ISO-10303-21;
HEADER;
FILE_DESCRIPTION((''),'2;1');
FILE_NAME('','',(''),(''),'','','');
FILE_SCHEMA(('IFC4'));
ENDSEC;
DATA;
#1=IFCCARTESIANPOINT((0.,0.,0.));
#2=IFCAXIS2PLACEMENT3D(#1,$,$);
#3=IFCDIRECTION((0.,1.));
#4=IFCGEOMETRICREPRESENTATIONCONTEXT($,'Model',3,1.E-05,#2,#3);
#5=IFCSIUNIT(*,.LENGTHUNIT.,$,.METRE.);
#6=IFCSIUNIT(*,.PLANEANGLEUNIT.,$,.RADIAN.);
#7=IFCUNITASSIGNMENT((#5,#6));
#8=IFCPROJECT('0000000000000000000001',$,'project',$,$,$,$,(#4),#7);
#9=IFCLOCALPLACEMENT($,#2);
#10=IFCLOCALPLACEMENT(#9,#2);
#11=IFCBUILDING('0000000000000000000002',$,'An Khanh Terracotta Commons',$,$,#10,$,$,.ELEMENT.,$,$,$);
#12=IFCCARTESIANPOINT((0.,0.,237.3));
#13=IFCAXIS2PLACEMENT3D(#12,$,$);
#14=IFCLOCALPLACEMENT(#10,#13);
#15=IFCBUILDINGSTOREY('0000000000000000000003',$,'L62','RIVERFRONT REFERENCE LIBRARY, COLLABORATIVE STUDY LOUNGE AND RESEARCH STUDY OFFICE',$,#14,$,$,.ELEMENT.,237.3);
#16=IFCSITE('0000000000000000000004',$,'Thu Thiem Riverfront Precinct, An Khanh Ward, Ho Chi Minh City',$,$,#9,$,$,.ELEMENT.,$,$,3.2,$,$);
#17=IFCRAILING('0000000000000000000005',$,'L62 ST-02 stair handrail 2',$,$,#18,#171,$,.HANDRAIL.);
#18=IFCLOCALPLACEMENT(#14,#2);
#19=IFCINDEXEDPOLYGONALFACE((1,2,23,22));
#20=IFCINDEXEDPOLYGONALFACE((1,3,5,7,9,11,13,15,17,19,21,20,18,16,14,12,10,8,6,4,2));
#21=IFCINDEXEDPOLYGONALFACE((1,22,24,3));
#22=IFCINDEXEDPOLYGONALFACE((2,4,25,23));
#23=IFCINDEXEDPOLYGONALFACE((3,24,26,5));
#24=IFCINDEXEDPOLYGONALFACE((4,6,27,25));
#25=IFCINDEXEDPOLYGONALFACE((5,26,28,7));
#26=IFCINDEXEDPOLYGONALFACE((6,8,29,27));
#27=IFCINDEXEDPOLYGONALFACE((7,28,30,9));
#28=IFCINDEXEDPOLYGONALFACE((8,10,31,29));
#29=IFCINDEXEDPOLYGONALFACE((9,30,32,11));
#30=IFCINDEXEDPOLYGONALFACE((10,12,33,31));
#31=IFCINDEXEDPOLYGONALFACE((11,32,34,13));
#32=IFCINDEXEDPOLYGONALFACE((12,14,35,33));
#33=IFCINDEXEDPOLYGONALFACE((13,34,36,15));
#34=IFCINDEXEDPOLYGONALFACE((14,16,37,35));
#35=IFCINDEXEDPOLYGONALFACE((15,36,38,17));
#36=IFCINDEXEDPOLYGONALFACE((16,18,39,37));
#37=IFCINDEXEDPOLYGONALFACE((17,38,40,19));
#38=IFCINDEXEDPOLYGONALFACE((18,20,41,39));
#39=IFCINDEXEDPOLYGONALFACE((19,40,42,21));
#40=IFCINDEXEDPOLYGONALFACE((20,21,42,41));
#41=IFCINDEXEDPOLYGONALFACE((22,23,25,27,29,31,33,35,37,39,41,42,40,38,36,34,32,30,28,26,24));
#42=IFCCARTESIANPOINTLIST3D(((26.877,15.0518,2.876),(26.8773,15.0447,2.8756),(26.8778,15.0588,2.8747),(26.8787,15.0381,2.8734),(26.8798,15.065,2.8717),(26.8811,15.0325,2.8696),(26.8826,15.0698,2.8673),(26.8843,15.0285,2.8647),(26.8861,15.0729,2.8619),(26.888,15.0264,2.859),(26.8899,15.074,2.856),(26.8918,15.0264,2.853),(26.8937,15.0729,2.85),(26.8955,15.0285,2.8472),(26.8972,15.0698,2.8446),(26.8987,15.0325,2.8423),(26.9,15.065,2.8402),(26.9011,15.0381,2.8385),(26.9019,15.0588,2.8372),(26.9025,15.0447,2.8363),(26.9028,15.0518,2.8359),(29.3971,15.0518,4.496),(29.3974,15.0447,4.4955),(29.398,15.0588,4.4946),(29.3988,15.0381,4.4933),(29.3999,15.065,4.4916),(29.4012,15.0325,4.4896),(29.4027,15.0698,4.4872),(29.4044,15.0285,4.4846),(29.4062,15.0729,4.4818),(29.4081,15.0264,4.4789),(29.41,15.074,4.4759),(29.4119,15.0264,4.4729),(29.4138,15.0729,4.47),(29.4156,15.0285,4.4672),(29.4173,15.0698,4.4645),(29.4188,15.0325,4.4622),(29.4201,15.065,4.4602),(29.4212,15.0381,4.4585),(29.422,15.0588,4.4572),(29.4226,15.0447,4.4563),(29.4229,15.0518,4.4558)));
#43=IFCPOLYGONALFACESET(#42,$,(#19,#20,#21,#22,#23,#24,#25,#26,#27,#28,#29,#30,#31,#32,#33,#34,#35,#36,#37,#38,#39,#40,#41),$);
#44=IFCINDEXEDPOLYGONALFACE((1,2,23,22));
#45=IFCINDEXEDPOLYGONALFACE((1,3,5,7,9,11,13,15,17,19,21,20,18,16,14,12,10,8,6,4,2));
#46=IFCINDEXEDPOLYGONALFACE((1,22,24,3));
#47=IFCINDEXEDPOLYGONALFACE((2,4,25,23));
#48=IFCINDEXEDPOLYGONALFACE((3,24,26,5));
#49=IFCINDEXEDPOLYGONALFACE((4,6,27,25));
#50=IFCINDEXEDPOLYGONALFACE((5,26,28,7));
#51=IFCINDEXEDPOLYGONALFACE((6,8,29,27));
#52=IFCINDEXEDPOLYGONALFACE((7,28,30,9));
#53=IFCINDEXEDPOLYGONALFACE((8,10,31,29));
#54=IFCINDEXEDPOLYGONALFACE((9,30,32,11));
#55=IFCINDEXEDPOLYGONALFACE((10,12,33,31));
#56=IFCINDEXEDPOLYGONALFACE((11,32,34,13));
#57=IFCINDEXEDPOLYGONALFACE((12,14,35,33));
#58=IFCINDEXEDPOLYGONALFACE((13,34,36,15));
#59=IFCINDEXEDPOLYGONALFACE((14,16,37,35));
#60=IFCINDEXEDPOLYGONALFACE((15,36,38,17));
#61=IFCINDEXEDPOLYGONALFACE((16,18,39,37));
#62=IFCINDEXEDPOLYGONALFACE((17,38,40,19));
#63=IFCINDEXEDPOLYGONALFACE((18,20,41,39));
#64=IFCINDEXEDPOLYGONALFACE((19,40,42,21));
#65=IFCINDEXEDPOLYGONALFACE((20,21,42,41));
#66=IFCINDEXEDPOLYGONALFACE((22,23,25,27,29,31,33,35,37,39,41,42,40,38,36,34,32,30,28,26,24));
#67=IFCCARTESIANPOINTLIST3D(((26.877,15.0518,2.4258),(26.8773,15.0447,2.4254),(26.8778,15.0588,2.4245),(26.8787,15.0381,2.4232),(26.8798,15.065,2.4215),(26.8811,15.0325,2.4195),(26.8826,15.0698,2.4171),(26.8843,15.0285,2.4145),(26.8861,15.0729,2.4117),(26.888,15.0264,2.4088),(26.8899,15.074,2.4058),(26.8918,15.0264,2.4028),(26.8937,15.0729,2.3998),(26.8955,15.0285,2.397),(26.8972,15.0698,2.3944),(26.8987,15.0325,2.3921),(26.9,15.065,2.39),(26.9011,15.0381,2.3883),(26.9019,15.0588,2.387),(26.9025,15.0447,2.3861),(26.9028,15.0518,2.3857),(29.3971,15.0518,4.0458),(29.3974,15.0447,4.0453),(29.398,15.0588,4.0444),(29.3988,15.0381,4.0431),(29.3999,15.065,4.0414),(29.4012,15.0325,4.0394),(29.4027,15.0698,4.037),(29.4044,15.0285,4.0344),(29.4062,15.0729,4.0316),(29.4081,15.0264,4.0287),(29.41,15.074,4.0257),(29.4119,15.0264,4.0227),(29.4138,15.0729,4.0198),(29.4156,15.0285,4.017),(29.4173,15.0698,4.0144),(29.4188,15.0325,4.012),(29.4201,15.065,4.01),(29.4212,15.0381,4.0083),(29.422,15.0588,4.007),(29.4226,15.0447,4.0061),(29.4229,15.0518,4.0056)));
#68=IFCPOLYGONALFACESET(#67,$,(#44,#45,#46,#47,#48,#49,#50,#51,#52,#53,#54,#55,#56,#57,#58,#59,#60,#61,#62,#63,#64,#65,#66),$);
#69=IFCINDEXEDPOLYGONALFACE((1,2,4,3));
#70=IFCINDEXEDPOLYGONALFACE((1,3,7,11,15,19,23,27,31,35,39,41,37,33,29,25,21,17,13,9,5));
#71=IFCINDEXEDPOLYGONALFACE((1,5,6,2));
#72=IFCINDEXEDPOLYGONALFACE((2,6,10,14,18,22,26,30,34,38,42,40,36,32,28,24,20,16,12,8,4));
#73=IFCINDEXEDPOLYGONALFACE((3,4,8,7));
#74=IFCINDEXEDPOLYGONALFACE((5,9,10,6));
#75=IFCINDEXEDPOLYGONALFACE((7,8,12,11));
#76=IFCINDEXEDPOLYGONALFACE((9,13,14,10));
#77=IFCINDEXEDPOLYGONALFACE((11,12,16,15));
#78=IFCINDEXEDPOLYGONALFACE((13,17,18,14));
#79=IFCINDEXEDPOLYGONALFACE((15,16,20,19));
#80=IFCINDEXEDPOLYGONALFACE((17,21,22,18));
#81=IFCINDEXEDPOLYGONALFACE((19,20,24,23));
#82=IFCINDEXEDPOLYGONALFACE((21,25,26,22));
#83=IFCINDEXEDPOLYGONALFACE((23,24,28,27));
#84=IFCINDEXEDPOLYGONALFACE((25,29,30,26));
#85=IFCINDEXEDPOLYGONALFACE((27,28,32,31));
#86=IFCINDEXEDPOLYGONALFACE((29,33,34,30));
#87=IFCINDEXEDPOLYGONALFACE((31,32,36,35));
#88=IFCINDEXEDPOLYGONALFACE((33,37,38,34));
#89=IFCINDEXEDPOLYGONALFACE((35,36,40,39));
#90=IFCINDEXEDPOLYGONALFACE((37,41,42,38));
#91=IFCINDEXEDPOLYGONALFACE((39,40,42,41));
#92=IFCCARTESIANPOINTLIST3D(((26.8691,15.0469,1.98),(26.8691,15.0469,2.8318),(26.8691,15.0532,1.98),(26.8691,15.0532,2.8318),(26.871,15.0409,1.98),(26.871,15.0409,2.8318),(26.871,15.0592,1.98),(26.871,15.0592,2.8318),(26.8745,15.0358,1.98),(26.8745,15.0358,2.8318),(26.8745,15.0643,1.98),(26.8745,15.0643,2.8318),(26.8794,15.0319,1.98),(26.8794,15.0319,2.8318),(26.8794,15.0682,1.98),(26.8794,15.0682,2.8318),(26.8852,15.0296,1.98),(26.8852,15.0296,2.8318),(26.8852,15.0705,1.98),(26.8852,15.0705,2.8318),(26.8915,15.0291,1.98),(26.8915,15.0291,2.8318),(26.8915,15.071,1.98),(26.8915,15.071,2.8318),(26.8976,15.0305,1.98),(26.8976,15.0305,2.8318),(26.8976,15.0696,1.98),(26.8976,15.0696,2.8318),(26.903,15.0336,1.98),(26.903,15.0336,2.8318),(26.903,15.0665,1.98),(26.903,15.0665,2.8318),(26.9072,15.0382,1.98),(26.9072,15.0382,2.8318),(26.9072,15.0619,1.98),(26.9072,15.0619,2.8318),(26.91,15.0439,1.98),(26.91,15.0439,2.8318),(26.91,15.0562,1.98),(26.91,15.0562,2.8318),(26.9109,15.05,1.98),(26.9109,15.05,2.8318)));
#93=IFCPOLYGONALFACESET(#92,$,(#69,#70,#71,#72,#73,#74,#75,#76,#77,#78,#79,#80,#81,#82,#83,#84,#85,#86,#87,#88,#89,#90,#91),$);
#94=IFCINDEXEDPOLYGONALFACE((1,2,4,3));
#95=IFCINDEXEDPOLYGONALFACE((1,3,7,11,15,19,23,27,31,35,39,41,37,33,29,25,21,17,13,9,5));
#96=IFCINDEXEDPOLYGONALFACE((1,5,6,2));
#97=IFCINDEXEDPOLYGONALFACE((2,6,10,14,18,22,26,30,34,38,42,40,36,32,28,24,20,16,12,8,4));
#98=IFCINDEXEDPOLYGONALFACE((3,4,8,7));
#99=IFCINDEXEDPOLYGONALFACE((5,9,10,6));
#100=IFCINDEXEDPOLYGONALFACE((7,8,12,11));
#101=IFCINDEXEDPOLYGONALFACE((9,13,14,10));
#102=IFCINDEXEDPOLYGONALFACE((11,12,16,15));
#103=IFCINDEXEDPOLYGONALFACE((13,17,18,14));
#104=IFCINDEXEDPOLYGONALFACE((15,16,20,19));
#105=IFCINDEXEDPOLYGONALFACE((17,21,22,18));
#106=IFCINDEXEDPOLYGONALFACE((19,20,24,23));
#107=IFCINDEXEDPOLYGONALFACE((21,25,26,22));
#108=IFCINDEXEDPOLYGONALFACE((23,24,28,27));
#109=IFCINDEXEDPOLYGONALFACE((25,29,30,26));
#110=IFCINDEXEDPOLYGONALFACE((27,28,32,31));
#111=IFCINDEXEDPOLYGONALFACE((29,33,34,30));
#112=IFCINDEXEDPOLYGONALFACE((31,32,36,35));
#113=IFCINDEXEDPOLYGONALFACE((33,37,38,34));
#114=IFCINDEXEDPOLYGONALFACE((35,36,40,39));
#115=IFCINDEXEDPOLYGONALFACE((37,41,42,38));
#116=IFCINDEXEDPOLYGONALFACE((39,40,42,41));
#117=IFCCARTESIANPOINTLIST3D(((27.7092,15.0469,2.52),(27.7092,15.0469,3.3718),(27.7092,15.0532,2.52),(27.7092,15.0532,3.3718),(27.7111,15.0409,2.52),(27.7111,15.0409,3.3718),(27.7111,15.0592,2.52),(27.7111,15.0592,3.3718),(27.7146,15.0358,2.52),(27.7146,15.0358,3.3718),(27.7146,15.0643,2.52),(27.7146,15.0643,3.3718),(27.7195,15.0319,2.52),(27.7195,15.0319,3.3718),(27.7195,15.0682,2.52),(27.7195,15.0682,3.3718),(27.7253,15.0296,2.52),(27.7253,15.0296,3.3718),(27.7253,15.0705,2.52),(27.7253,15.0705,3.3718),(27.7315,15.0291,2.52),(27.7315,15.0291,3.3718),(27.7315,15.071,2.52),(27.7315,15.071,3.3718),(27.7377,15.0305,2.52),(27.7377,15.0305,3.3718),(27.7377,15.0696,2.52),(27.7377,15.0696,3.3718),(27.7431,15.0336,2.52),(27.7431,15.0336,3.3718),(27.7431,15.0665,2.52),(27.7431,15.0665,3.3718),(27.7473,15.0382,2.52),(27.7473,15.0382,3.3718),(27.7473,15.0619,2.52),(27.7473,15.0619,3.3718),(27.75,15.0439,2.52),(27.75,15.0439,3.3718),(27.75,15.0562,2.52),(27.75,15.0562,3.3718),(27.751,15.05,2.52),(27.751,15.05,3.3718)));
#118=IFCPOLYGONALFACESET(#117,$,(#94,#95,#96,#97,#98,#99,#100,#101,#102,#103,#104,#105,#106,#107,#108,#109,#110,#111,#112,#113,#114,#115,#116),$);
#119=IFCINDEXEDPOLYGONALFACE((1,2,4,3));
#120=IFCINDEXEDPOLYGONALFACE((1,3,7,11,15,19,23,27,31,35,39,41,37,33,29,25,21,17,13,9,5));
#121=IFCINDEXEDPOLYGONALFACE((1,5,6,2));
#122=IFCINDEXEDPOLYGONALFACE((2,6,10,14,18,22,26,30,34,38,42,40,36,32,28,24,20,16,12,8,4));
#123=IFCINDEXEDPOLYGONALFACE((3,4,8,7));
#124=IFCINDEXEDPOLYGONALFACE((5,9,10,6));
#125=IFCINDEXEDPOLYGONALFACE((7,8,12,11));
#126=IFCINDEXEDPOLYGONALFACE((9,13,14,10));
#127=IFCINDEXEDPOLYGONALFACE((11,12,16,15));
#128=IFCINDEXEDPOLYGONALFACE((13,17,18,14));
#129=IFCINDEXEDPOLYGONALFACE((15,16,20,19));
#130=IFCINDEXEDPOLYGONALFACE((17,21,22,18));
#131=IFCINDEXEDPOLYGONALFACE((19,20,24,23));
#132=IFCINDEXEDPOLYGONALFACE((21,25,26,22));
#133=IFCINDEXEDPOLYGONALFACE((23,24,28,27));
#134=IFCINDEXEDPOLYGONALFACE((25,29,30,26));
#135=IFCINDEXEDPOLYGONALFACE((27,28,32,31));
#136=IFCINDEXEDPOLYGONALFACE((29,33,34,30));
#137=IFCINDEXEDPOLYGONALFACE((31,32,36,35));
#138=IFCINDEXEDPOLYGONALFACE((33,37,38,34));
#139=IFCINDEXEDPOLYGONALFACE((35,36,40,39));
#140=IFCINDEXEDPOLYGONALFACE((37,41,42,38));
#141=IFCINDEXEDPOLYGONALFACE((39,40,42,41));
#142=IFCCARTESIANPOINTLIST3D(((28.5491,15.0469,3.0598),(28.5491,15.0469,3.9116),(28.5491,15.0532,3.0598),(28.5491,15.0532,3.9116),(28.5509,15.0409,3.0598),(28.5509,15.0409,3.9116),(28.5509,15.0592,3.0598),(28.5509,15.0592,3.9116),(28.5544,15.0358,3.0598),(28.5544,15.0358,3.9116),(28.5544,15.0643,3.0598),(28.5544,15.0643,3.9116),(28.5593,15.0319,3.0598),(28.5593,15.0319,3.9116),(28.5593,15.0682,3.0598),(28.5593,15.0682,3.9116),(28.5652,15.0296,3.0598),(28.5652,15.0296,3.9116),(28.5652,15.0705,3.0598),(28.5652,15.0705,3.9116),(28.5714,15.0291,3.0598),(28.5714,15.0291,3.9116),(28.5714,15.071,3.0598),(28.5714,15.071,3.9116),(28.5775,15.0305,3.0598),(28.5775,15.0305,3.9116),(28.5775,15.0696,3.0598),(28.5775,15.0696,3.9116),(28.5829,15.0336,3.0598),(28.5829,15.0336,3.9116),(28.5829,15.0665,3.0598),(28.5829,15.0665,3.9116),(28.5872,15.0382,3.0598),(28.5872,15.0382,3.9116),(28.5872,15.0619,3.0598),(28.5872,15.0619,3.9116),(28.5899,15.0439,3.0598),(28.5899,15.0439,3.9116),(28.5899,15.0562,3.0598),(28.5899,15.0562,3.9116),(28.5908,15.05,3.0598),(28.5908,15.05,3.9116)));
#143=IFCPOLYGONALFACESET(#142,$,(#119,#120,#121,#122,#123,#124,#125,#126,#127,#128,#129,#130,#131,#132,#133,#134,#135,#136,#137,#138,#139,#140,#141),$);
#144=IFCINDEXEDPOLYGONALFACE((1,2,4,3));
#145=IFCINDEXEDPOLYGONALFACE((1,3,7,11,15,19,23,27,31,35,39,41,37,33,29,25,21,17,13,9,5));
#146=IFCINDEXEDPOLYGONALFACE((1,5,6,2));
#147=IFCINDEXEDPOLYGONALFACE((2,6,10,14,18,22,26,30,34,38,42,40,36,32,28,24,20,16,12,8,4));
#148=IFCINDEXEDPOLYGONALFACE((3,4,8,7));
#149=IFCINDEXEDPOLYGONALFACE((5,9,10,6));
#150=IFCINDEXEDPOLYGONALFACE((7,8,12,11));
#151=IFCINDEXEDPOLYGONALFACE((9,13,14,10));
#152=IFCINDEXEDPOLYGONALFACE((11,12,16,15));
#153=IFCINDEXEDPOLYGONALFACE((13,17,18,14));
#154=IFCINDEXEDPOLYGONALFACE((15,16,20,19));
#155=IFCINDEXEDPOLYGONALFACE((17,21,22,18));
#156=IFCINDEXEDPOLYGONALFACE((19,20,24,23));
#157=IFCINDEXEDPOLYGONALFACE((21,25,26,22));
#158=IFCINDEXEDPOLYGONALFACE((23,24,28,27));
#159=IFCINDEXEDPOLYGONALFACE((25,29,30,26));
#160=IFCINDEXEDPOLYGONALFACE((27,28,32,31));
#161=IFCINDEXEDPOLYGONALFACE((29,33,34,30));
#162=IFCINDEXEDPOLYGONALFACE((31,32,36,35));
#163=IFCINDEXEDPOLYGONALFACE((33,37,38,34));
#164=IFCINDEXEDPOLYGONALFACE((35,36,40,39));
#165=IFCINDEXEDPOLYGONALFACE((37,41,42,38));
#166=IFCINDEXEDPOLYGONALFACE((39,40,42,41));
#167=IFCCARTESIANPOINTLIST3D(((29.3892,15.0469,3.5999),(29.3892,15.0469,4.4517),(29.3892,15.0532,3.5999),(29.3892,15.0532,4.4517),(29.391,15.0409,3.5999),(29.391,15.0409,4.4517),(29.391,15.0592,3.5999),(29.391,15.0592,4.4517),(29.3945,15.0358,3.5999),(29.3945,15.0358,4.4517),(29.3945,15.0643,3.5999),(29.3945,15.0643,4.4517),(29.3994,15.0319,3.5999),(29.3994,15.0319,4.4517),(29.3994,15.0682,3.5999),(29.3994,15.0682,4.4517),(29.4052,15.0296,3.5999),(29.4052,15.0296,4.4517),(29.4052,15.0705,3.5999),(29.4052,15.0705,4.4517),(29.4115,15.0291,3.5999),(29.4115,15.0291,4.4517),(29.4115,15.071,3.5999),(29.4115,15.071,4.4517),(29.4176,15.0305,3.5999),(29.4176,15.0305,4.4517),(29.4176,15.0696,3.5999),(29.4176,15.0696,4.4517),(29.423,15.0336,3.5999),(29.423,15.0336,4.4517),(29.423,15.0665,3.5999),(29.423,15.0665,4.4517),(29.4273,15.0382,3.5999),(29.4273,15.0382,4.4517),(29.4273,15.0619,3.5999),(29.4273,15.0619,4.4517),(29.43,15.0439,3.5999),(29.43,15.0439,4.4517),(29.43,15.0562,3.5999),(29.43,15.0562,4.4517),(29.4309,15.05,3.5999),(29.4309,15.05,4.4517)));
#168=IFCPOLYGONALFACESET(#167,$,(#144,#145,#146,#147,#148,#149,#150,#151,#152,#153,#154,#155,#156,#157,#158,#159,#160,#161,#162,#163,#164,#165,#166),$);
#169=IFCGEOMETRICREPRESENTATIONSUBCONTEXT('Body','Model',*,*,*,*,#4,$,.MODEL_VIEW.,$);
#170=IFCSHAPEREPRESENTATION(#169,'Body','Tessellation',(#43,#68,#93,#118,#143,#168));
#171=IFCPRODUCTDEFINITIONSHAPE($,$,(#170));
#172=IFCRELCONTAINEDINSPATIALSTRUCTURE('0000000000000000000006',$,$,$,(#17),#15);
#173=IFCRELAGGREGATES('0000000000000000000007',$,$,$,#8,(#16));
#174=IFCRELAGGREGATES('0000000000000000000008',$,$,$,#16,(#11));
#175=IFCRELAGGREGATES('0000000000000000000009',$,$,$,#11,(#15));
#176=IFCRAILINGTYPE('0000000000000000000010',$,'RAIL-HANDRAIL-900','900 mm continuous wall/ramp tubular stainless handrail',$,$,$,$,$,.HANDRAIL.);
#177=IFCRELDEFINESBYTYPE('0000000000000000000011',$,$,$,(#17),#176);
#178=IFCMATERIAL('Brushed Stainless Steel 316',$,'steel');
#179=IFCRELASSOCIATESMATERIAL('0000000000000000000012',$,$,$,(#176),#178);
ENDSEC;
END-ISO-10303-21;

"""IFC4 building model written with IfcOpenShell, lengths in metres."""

from ifc_helpers import new_model, si_unit, direction, frame, origin, origin_2d, place, context, subcontext, project, spatial, circle, extrude, material, type_object, element, save


model = new_model("IFC4")

# Units and contexts
model_context = context("Model", 3, precision=1e-05, world=origin(), true_north=direction((0.0, 1.0)))
body_context = subcontext(model_context, "Body", "Model", "MODEL_VIEW")
ifc_project = project(units=[si_unit("LENGTHUNIT", "METRE"), si_unit("PLANEANGLEUNIT", "RADIAN")], contexts=[model_context])

# Site, building, storey
site_placement = place(None, origin())
site = spatial("IfcSite", under=ifc_project, at=site_placement, Name="Thu Thiem Riverfront Precinct, An Khanh Ward, Ho Chi Minh City", CompositionType="ELEMENT", RefElevation=3.2)
building_placement = place(site_placement, origin())
building = spatial("IfcBuilding", under=site, at=building_placement, Name="An Khanh Terracotta Commons", CompositionType="ELEMENT")
storey_placement = place(building_placement, frame((0.0, 0.0, 237.3)))
storey = spatial("IfcBuildingStorey", under=building, at=storey_placement, Name="L62", Description="RIVERFRONT REFERENCE LIBRARY, COLLABORATIVE STUDY LOUNGE AND RESEARCH STUDY OFFICE", CompositionType="ELEMENT", Elevation=237.3)

# Railing
ifc_material_1 = material(Name="Brushed Stainless Steel 316", Category="steel")
railing_type_1 = type_object("IfcRailingType", Name="RAIL-HANDRAIL-900", Description="900 mm continuous wall/ramp tubular stainless handrail", PredefinedType="HANDRAIL", material=ifc_material_1)
railing_1_placement = place(storey_placement, frame((26.8899, 15.05, 1.98)))
element("IfcRailing", 1, at=railing_1_placement, inside=storey, type_object=railing_type_1, Name="L62 ST-02 stair handrail 2", PredefinedType="HANDRAIL", context=body_context, shape_type="SweptSolid", body=[
    extrude(circle(Radius=0.0239, at=origin_2d()), frame((0.0, 0.0, 0.876), z_axis=(0.8412, 0.0, 0.540725), x_axis=(0.0, 1.0, 0.0)), (0.0, 0.0, 1.0), 2.9958),
    extrude(circle(Radius=0.0239, at=origin_2d()), frame((0.0, 0.0, 0.4258), z_axis=(0.8412, 0.0, 0.540725), x_axis=(0.0, 1.0, 0.0)), (0.0, 0.0, 1.0), 2.9958),
    extrude(circle(Radius=0.021, at=origin_2d()), origin(), (0.0, 0.0, 1.0), 0.8518),
    extrude(circle(Radius=0.021, at=origin_2d()), frame((0.8401, 0.0, 0.54)), (0.0, 0.0, 1.0), 0.8518),
    extrude(circle(Radius=0.021, at=origin_2d()), frame((1.6799, 0.0, 1.0798)), (0.0, 0.0, 1.0), 0.8518),
    extrude(circle(Radius=0.021, at=origin_2d()), frame((2.52, 0.0, 1.6199)), (0.0, 0.0, 1.0), 0.8518),
])

save(model, "model.ifc")
